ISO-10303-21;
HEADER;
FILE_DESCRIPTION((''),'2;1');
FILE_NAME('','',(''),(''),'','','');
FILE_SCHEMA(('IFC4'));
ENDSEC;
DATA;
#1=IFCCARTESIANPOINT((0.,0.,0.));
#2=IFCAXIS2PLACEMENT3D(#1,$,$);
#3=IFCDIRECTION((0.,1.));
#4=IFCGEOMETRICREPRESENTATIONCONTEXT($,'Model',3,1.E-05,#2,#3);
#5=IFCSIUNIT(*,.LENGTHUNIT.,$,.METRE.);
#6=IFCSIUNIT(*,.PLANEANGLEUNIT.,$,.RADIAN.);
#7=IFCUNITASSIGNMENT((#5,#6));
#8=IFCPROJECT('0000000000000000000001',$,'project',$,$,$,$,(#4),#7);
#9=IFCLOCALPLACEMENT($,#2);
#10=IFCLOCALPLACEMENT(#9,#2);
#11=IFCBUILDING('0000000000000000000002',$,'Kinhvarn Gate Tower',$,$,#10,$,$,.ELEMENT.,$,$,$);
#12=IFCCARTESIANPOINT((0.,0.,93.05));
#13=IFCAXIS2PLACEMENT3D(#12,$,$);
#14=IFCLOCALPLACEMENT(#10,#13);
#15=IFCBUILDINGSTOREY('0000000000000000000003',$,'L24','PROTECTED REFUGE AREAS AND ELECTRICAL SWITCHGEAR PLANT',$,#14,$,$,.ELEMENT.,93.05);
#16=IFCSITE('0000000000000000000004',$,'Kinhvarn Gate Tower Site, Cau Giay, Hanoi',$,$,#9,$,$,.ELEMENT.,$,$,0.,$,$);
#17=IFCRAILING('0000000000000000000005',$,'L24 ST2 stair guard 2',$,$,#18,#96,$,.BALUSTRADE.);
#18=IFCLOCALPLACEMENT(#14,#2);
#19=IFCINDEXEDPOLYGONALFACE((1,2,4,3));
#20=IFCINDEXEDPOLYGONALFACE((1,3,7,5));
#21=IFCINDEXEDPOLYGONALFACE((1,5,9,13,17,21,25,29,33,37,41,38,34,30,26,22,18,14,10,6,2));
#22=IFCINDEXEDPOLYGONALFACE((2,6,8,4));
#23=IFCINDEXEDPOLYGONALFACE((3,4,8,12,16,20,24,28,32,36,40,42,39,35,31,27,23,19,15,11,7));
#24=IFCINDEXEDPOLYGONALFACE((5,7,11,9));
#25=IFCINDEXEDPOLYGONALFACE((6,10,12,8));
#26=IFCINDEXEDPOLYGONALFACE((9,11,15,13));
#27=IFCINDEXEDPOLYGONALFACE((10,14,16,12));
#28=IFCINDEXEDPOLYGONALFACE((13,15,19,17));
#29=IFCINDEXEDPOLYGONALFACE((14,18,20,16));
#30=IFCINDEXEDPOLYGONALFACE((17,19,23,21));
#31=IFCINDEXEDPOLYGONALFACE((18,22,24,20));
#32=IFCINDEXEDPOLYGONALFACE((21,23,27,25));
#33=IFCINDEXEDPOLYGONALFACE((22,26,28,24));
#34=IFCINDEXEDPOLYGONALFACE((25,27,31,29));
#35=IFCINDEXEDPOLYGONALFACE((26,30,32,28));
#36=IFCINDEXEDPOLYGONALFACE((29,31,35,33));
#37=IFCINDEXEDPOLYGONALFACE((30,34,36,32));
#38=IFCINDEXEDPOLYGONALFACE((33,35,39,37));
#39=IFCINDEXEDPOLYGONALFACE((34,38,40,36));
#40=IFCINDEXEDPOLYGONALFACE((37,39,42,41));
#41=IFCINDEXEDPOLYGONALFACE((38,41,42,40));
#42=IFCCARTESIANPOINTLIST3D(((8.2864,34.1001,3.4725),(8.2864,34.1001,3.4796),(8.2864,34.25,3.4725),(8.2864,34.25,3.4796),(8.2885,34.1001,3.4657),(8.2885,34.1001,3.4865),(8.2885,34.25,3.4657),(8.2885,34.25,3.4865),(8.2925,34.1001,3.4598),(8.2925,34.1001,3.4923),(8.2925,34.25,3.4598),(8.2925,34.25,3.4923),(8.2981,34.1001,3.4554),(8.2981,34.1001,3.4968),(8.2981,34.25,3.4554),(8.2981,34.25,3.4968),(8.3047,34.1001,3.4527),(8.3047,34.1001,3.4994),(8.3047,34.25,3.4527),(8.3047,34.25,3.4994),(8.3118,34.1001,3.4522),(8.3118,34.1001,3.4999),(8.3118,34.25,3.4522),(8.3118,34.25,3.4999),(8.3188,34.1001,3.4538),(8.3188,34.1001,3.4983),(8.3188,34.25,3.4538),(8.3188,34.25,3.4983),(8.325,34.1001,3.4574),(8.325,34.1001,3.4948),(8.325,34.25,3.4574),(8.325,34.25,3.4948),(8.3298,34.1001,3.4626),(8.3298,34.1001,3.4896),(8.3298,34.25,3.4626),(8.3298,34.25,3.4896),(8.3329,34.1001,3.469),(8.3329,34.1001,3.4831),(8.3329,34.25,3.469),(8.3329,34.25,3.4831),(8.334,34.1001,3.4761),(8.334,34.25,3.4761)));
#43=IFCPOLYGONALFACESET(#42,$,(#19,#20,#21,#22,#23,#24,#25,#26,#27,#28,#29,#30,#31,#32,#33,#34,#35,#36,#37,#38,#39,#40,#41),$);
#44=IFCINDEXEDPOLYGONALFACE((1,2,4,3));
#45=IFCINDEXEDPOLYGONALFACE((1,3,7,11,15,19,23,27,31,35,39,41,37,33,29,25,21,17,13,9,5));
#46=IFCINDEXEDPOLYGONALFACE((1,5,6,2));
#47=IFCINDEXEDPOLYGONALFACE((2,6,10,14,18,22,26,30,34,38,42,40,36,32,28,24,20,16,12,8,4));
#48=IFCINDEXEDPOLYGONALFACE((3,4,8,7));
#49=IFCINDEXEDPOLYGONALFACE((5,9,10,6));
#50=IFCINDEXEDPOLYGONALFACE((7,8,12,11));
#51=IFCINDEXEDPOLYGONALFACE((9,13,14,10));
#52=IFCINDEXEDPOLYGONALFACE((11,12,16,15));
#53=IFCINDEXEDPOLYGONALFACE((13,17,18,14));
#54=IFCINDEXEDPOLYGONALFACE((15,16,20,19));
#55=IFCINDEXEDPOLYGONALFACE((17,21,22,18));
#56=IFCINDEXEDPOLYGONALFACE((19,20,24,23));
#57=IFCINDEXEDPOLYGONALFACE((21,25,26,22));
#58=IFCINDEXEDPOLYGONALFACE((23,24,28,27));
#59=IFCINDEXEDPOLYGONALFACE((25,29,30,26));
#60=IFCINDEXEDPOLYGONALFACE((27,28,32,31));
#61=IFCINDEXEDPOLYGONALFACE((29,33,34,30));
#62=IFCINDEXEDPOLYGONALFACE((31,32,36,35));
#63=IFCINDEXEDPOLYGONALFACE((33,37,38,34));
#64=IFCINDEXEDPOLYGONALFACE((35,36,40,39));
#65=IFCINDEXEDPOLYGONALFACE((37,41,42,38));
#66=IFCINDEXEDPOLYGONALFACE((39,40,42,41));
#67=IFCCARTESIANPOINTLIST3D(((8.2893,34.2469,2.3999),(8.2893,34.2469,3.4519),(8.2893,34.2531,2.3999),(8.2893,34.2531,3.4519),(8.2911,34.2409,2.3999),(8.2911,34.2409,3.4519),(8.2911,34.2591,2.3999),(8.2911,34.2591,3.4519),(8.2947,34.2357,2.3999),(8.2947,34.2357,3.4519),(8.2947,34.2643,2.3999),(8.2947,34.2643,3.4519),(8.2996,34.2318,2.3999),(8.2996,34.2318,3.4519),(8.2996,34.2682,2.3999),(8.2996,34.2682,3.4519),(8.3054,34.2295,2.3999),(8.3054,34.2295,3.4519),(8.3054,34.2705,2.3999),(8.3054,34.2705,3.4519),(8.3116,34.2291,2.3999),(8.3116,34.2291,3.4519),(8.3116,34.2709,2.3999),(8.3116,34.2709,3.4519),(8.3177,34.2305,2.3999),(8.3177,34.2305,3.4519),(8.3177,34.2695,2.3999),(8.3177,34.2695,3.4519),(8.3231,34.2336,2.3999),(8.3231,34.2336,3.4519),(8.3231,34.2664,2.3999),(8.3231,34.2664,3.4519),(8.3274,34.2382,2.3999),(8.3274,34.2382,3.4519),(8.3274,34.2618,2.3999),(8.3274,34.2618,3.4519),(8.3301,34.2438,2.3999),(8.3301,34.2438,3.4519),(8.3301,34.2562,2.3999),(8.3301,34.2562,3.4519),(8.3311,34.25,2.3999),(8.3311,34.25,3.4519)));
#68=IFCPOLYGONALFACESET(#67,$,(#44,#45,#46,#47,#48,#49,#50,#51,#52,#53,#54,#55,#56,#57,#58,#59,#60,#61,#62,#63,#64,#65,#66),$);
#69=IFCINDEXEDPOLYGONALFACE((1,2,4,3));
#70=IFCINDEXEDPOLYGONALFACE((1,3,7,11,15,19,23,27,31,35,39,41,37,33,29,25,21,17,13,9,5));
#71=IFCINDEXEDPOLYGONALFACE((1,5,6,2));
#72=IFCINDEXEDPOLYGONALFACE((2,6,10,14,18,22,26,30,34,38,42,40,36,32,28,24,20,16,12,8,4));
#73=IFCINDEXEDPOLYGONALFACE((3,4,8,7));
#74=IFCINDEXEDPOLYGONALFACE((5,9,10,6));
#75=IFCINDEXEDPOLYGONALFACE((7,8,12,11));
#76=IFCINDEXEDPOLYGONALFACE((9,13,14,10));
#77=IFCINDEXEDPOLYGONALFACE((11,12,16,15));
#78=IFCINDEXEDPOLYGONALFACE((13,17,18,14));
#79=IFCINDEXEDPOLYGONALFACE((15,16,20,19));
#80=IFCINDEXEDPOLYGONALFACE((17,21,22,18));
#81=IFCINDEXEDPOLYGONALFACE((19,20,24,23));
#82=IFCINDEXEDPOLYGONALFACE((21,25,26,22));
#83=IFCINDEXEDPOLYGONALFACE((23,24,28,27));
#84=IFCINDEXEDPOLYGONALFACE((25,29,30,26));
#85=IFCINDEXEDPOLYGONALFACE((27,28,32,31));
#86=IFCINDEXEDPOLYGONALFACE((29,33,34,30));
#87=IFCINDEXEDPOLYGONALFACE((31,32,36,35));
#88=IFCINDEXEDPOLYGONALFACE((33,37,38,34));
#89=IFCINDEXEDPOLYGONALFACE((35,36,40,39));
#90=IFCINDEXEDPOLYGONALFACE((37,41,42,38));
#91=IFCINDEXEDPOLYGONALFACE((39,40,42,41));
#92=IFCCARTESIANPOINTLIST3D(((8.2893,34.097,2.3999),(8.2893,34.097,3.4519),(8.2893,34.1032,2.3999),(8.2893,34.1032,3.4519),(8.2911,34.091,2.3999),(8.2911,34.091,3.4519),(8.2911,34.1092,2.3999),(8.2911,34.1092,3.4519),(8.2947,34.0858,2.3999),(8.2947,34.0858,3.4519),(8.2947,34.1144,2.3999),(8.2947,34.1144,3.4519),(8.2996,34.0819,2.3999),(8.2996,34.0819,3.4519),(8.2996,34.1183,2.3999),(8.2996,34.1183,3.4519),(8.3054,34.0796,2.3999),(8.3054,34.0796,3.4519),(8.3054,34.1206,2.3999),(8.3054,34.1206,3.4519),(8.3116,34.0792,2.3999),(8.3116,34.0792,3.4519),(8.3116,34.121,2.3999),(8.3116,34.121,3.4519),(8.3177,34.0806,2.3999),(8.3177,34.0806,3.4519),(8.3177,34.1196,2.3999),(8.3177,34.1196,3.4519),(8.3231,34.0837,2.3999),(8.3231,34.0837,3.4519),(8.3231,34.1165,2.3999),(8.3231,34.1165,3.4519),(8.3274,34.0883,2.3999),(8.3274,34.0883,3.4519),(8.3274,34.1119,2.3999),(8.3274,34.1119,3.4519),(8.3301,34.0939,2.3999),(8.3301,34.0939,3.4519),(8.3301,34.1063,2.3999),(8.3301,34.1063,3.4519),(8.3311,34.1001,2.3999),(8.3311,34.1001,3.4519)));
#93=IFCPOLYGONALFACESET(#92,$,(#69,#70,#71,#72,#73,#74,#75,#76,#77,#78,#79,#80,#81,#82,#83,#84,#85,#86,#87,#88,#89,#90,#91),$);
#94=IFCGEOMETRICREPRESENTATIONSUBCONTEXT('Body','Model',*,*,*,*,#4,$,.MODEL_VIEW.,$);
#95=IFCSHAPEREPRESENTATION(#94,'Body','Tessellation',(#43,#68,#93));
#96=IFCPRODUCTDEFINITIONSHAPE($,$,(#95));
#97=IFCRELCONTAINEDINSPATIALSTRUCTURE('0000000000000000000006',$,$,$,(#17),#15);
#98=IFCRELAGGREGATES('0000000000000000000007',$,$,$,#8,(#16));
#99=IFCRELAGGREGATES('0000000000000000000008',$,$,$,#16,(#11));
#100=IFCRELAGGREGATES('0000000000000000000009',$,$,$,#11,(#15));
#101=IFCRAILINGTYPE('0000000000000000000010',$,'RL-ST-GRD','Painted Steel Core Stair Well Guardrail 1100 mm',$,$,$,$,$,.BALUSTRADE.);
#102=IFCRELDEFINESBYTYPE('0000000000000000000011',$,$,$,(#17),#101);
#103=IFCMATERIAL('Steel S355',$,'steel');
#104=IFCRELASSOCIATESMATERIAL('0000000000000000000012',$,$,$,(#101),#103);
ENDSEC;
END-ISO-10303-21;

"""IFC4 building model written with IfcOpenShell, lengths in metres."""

from ifc_helpers import new_model, si_unit, direction, frame, origin, origin_2d, place, context, subcontext, project, spatial, circle, extrude, material, type_object, element, save


model = new_model("IFC4")

# Units and contexts
model_context = context("Model", 3, precision=1e-05, world=origin(), true_north=direction((0.0, 1.0)))
body_context = subcontext(model_context, "Body", "Model", "MODEL_VIEW")
ifc_project = project(units=[si_unit("LENGTHUNIT", "METRE"), si_unit("PLANEANGLEUNIT", "RADIAN")], contexts=[model_context])

# Site, building, storey
site_placement = place(None, origin())
site = spatial("IfcSite", under=ifc_project, at=site_placement, Name="Kinhvarn Gate Tower Site, Cau Giay, Hanoi", CompositionType="ELEMENT", RefElevation=0.0)
building_placement = place(site_placement, origin())
building = spatial("IfcBuilding", under=site, at=building_placement, Name="Kinhvarn Gate Tower", CompositionType="ELEMENT")
storey_placement = place(building_placement, frame((0.0, 0.0, 93.05)))
storey = spatial("IfcBuildingStorey", under=building, at=storey_placement, Name="L24", Description="PROTECTED REFUGE AREAS AND ELECTRICAL SWITCHGEAR PLANT", CompositionType="ELEMENT", Elevation=93.05)

# Shared definitions
ifc_material_1 = material(Name="Steel S355", Category="steel")

# Railing
railing_type_1 = type_object("IfcRailingType", Name="RL-ST-GRD", Description="Painted Steel Core Stair Well Guardrail 1100 mm", PredefinedType="BALUSTRADE", material=ifc_material_1)
railing_1_placement = place(storey_placement, frame((8.3101, 34.25, 2.3999)))
element("IfcRailing", 1, at=railing_1_placement, inside=storey, type_object=railing_type_1, Name="L24 ST2 stair guard 2", PredefinedType="BALUSTRADE", context=body_context, shape_type="SweptSolid", body=[
    extrude(circle(Radius=0.0239, at=origin_2d()), frame((0.0, 0.0, 1.0762), z_axis=(0.0, -1.0, 0.0), x_axis=(1.0, 0.0, 0.0)), (0.0, 0.0, 1.0), 0.1499),
    extrude(circle(Radius=0.021, at=origin_2d()), origin(), (0.0, 0.0, 1.0), 1.052),
    extrude(circle(Radius=0.021, at=origin_2d()), frame((0.0, -0.1499, 0.0)), (0.0, 0.0, 1.0), 1.052),
])

save(model, "model.ifc")
